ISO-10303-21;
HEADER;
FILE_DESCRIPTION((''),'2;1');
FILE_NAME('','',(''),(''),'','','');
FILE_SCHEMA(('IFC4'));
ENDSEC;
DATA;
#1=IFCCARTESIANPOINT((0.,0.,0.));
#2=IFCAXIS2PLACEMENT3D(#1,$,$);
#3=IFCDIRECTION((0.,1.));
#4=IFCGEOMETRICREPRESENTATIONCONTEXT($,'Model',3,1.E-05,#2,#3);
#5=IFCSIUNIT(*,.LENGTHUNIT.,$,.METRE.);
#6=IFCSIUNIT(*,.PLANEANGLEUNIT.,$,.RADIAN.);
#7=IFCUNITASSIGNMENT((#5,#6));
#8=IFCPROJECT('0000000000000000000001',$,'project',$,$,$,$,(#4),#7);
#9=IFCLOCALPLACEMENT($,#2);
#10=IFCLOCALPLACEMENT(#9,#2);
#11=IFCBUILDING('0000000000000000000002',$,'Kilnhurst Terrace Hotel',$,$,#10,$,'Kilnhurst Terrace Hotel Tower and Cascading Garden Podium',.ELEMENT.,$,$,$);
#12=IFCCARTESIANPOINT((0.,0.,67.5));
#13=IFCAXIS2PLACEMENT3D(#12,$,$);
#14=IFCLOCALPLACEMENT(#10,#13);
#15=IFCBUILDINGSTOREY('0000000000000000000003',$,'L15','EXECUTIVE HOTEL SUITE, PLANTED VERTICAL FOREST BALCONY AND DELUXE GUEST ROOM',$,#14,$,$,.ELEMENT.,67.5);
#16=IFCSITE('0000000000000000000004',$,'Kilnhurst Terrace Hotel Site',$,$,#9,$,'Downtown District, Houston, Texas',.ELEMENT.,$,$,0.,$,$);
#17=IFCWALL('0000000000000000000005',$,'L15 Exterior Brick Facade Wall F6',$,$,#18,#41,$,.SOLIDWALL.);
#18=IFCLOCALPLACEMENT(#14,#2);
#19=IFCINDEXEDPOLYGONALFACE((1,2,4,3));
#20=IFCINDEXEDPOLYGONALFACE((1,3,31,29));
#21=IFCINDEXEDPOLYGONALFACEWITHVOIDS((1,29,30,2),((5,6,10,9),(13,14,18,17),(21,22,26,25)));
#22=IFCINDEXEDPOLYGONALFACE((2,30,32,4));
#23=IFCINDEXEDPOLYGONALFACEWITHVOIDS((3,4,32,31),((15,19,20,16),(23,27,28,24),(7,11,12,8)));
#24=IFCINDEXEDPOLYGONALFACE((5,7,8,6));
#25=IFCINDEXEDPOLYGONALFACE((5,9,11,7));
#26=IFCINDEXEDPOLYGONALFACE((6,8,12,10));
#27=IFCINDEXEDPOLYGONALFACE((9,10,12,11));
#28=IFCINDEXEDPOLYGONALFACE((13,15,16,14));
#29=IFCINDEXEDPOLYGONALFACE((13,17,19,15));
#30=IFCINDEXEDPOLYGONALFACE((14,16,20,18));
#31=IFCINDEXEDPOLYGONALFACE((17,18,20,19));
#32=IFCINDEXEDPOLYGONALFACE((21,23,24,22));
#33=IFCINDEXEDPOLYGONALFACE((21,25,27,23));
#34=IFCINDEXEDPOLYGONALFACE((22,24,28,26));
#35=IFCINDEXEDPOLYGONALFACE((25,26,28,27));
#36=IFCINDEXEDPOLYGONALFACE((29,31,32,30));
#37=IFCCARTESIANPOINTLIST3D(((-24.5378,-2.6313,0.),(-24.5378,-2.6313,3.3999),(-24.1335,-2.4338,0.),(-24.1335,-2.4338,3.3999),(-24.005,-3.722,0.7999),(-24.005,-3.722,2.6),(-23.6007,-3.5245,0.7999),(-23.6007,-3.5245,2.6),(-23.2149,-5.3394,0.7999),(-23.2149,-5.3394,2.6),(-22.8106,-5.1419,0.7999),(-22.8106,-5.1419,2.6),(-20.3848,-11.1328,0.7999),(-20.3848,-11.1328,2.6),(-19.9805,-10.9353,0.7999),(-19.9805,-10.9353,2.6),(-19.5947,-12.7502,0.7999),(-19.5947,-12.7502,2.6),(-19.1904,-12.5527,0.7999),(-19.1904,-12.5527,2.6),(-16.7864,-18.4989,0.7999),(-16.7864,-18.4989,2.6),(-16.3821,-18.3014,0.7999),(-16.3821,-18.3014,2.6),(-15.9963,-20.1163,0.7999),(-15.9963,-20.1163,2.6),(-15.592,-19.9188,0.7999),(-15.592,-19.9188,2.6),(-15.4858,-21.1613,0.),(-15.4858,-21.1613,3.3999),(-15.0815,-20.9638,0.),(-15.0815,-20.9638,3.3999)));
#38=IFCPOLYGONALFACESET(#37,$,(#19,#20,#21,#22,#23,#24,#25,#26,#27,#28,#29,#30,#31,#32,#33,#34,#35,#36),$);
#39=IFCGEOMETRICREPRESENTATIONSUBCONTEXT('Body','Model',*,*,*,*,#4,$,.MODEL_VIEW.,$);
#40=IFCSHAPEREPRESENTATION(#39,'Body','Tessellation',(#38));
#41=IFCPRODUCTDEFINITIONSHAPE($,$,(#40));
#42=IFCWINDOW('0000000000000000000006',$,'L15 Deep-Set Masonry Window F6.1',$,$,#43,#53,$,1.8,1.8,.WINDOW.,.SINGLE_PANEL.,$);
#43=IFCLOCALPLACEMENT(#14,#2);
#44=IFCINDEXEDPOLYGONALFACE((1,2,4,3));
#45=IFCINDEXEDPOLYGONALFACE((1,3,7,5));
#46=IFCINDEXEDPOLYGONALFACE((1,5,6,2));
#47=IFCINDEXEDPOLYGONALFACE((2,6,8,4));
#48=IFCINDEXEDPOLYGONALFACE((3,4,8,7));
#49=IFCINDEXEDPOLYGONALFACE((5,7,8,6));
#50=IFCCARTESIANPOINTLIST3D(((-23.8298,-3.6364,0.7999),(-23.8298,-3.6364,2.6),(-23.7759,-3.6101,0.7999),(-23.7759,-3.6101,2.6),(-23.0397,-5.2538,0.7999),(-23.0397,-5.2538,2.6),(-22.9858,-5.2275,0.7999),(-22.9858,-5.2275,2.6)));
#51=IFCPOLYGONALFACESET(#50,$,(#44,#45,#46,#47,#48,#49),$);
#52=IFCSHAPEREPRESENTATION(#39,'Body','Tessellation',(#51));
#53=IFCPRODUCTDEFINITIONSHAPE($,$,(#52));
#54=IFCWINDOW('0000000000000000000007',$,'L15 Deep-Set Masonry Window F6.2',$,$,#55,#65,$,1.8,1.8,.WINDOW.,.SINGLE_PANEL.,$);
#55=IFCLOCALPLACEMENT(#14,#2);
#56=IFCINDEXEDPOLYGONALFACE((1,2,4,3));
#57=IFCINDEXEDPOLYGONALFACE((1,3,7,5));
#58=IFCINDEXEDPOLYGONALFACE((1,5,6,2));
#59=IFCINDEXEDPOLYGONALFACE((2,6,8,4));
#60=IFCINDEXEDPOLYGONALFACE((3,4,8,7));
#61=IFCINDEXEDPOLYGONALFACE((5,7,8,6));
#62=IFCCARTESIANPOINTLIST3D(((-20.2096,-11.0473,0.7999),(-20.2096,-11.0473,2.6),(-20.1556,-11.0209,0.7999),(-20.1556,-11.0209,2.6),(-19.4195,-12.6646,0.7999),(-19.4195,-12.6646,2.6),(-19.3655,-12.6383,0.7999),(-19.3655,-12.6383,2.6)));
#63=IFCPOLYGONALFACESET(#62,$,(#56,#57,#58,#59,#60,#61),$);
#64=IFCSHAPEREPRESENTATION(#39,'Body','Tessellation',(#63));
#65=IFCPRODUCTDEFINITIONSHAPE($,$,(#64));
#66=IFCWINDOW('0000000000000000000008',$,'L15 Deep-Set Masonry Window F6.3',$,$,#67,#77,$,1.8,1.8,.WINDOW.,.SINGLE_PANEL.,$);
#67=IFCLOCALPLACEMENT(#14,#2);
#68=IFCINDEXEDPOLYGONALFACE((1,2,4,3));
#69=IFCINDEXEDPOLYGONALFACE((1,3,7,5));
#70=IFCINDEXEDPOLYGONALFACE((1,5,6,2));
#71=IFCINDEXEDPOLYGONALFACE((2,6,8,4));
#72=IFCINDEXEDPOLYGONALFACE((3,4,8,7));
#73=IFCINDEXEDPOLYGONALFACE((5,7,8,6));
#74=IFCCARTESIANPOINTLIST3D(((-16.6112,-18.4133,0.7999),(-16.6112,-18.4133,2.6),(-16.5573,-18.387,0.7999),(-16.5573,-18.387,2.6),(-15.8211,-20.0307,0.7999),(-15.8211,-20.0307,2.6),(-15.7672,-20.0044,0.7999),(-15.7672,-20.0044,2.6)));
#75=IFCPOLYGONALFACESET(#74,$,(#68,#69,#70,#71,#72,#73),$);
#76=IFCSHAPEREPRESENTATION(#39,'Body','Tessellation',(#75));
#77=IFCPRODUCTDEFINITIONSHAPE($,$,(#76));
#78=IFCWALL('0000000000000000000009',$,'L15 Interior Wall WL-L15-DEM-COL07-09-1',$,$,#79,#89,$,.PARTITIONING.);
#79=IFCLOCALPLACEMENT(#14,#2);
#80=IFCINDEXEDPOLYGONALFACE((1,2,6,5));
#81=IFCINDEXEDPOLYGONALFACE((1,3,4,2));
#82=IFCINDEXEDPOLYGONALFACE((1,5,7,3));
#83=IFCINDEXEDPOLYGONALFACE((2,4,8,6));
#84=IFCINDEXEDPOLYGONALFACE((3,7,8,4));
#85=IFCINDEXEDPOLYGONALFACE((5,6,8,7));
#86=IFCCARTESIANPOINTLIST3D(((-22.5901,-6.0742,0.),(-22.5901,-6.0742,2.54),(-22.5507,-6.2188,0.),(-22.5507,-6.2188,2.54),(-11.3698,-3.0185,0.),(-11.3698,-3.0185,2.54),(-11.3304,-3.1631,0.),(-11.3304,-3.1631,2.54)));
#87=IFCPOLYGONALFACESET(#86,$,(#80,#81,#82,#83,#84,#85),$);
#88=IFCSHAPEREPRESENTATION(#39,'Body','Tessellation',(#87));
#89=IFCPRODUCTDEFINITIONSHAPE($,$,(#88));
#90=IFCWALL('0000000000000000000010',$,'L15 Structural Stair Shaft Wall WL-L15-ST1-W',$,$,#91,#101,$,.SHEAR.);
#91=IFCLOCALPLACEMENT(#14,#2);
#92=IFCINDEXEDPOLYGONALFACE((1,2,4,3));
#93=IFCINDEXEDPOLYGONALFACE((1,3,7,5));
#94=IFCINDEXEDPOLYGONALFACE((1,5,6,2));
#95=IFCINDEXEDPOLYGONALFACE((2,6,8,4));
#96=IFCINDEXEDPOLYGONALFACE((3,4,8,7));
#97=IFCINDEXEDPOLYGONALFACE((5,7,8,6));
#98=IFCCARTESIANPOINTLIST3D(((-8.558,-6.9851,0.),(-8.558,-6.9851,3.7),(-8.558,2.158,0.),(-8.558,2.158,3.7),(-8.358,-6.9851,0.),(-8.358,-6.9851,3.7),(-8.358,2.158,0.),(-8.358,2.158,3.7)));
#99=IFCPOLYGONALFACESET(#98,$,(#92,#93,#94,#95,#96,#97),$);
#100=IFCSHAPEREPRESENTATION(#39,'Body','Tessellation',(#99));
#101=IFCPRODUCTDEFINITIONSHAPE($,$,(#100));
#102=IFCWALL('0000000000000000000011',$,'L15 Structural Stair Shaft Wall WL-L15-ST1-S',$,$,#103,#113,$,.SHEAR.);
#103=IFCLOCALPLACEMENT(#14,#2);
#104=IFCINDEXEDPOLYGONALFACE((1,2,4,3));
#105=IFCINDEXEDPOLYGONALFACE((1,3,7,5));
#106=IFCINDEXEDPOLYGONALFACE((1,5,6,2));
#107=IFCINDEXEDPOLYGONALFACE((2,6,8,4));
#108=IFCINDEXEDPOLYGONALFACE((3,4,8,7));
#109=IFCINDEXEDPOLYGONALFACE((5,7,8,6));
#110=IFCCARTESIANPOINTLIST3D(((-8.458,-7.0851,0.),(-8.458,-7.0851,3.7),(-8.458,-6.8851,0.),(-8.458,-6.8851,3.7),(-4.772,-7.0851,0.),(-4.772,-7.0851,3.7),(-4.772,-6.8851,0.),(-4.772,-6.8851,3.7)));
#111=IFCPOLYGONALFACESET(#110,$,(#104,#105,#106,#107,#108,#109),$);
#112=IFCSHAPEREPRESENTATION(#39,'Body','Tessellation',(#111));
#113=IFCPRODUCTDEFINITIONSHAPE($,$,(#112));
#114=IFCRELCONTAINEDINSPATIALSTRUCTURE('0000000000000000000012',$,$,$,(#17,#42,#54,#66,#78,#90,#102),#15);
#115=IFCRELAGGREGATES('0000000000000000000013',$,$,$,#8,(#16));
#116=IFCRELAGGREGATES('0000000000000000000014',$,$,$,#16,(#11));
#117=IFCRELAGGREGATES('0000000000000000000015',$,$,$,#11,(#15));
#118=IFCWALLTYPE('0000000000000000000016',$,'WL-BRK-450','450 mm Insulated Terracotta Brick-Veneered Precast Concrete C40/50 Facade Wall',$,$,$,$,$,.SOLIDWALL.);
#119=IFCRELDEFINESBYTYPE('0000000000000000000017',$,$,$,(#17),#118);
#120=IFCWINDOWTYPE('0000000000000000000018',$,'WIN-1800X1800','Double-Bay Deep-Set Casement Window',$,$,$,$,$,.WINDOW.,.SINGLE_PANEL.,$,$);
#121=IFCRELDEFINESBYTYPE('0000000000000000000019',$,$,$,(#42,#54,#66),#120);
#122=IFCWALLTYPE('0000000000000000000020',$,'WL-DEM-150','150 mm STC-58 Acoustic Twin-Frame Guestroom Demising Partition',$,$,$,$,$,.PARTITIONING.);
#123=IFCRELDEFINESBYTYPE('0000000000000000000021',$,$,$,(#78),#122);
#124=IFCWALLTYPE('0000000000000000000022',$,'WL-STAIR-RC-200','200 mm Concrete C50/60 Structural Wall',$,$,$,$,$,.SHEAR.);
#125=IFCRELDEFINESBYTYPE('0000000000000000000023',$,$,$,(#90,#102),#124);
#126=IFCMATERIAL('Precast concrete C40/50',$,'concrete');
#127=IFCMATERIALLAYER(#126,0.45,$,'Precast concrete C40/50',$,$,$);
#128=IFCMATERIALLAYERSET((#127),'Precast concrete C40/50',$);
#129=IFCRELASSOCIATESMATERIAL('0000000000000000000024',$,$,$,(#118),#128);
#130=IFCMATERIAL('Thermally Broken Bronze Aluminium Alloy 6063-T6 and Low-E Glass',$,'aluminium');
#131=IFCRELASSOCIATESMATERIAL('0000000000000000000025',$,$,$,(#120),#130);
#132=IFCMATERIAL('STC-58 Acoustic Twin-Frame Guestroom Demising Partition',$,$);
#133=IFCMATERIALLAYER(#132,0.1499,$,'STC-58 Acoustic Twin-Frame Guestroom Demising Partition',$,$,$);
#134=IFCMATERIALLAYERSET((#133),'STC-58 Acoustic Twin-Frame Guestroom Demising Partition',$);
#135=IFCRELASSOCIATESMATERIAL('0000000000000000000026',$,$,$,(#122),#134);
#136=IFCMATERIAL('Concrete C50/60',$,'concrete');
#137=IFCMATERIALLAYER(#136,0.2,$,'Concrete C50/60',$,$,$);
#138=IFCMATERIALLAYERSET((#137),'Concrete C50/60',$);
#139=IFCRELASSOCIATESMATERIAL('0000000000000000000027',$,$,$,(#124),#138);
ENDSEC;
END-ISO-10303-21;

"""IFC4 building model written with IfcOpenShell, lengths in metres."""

from ifc_helpers import new_model, si_unit, direction, frame, frame_2d, origin, place, context, subcontext, project, spatial, rectangle, extrude, material, layer, layer_set, type_object, element, fill, save


model = new_model("IFC4")

# Units and contexts
model_context = context("Model", 3, precision=1e-05, world=origin(), true_north=direction((0.0, 1.0)))
body_context = subcontext(model_context, "Body", "Model", "MODEL_VIEW")
ifc_project = project(units=[si_unit("LENGTHUNIT", "METRE"), si_unit("PLANEANGLEUNIT", "RADIAN")], contexts=[model_context])

# Site, building, storey
site_placement = place(None, origin())
site = spatial("IfcSite", under=ifc_project, at=site_placement, Name="Kilnhurst Terrace Hotel Site", LongName="Downtown District, Houston, Texas", CompositionType="ELEMENT", RefElevation=0.0)
building_placement = place(site_placement, origin())
building = spatial("IfcBuilding", under=site, at=building_placement, Name="Kilnhurst Terrace Hotel", LongName="Kilnhurst Terrace Hotel Tower and Cascading Garden Podium", CompositionType="ELEMENT")
storey_placement = place(building_placement, frame((0.0, 0.0, 67.5)))
storey = spatial("IfcBuildingStorey", under=building, at=storey_placement, Name="L15", Description="EXECUTIVE HOTEL SUITE, PLANTED VERTICAL FOREST BALCONY AND DELUXE GUEST ROOM", CompositionType="ELEMENT", Elevation=67.5)

# Shared definitions
ifc_material_1 = material(Name="Concrete C50/60", Category="concrete")

# Shared definitions
ifc_material_2 = material(Name="Precast concrete C40/50", Category="concrete")
ifc_layer_1 = layer(ifc_material_2, 0.45, Name="Precast concrete C40/50")
ifc_layer_set_1 = layer_set([ifc_layer_1], Name="Precast concrete C40/50")
wall_type_1 = type_object("IfcWallType", Name="WL-BRK-450", Description="450 mm Insulated Terracotta Brick-Veneered Precast Concrete C40/50 Facade Wall", PredefinedType="SOLIDWALL", material=ifc_layer_set_1)

# Wall, openings, windows
wall_1_placement = place(storey_placement, frame((-24.3357, -2.5325, 0.0), z_axis=(0.0, 0.0, 1.0), x_axis=(0.438931, -0.898521, 0.0)))
wall_1 = element("IfcWall", 1, at=wall_1_placement, inside=storey, type_object=wall_type_1, Name="L15 Exterior Brick Facade Wall F6", PredefinedType="SOLIDWALL", context=body_context, shape_type="SweptSolid", body=[
    extrude(rectangle(XDim=20.6228, YDim=0.45, at=frame_2d((10.3115, 0.0))), origin(), (0.0, 0.0, 1.0), 3.3999),
])
opening_1_placement = place(wall_1_placement, frame((1.2141, 0.0, 0.8)))
opening_1 = element("IfcOpeningElement", 2, at=opening_1_placement, cuts=wall_1, PredefinedType="OPENING", context=body_context, shape_type="SweptSolid", body=[
    extrude(rectangle(XDim=1.8, YDim=1.8, at=frame_2d((0.8999, 0.8999))), frame((0.0, 0.2349, 0.0), z_axis=(0.0, -1.0, 0.0), x_axis=(1.0, 0.0, 0.0)), (0.0, 0.0, 1.0), 0.47),
])
opening_2_placement = place(wall_1_placement, frame((9.4619, 0.0, 0.8)))
opening_2 = element("IfcOpeningElement", 3, at=opening_2_placement, cuts=wall_1, PredefinedType="OPENING", context=body_context, shape_type="SweptSolid", body=[
    extrude(rectangle(XDim=1.8, YDim=1.8, at=frame_2d((0.8999, 0.8999))), frame((0.0, 0.2349, 0.0), z_axis=(0.0, -1.0, 0.0), x_axis=(1.0, 0.0, 0.0)), (0.0, 0.0, 1.0), 0.47),
])
opening_3_placement = place(wall_1_placement, frame((17.6599, 0.0, 0.8)))
opening_3 = element("IfcOpeningElement", 4, at=opening_3_placement, cuts=wall_1, PredefinedType="OPENING", context=body_context, shape_type="SweptSolid", body=[
    extrude(rectangle(XDim=1.8, YDim=1.8, at=frame_2d((0.8999, 0.8999))), frame((0.0, 0.2349, 0.0), z_axis=(0.0, -1.0, 0.0), x_axis=(1.0, 0.0, 0.0)), (0.0, 0.0, 1.0), 0.47),
])
ifc_material_3 = material(Name="Thermally Broken Bronze Aluminium Alloy 6063-T6 and Low-E Glass", Category="aluminium")
window_type = type_object("IfcWindowType", Name="WIN-1800X1800", Description="Double-Bay Deep-Set Casement Window", PartitioningType="SINGLE_PANEL", PredefinedType="WINDOW", material=ifc_material_3)
window_1_placement = place(opening_1_placement, origin())
window_1 = element("IfcWindow", 5, at=window_1_placement, inside=storey, type_object=window_type, Name="L15 Deep-Set Masonry Window F6.1", OverallHeight=1.8, OverallWidth=1.8, PartitioningType="SINGLE_PANEL", PredefinedType="WINDOW", context=body_context, shape_type="SweptSolid", body=[
    extrude(rectangle(XDim=1.8, YDim=1.8, at=frame_2d((0.8999, 0.8999))), frame((0.0, 0.03, 0.0), z_axis=(0.0, -1.0, 0.0), x_axis=(1.0, 0.0, 0.0)), (0.0, 0.0, 1.0), 0.0601),
])
fill(opening_1, window_1)
window_2_placement = place(opening_2_placement, origin())
window_2 = element("IfcWindow", 6, at=window_2_placement, inside=storey, type_object=window_type, Name="L15 Deep-Set Masonry Window F6.2", OverallHeight=1.8, OverallWidth=1.8, PartitioningType="SINGLE_PANEL", PredefinedType="WINDOW", context=body_context, shape_type="SweptSolid", body=[
    extrude(rectangle(XDim=1.8, YDim=1.8, at=frame_2d((0.8999, 0.8999))), frame((0.0, 0.03, 0.0), z_axis=(0.0, -1.0, 0.0), x_axis=(1.0, 0.0, 0.0)), (0.0, 0.0, 1.0), 0.0601),
])
fill(opening_2, window_2)
window_3_placement = place(opening_3_placement, origin())
window_3 = element("IfcWindow", 7, at=window_3_placement, inside=storey, type_object=window_type, Name="L15 Deep-Set Masonry Window F6.3", OverallHeight=1.8, OverallWidth=1.8, PartitioningType="SINGLE_PANEL", PredefinedType="WINDOW", context=body_context, shape_type="SweptSolid", body=[
    extrude(rectangle(XDim=1.8, YDim=1.8, at=frame_2d((0.8999, 0.8999))), frame((0.0, 0.03, 0.0), z_axis=(0.0, -1.0, 0.0), x_axis=(1.0, 0.0, 0.0)), (0.0, 0.0, 1.0), 0.0601),
])
fill(opening_3, window_3)

# Walls
ifc_material_4 = material(Name="STC-58 Acoustic Twin-Frame Guestroom Demising Partition")
ifc_layer_2 = layer(ifc_material_4, 0.1499, Name="STC-58 Acoustic Twin-Frame Guestroom Demising Partition")
ifc_layer_set_2 = layer_set([ifc_layer_2], Name="STC-58 Acoustic Twin-Frame Guestroom Demising Partition")
wall_type_2 = type_object("IfcWallType", Name="WL-DEM-150", Description="150 mm STC-58 Acoustic Twin-Frame Guestroom Demising Partition", PredefinedType="PARTITIONING", material=ifc_layer_set_2)
wall_2_placement = place(storey_placement, frame((-11.3501, -3.0908, 0.0), z_axis=(0.0, 0.0, 1.0), x_axis=(-0.96486, -0.262766, 0.0)))
element("IfcWall", 8, at=wall_2_placement, inside=storey, type_object=wall_type_2, Name="L15 Interior Wall WL-L15-DEM-COL07-09-1", PredefinedType="PARTITIONING", context=body_context, shape_type="SweptSolid", body=[
    extrude(rectangle(XDim=11.6289, YDim=0.1499, at=frame_2d((5.8145, 0.0))), origin(), (0.0, 0.0, 1.0), 2.54),
])
ifc_layer_3 = layer(ifc_material_1, 0.2, Name="Concrete C50/60")
ifc_layer_set_3 = layer_set([ifc_layer_3], Name="Concrete C50/60")
wall_type_3 = type_object("IfcWallType", Name="WL-STAIR-RC-200", Description="200 mm Concrete C50/60 Structural Wall", PredefinedType="SHEAR", material=ifc_layer_set_3)
wall_3_placement = place(storey_placement, frame((-8.458, -6.9851, 0.0), z_axis=(0.0, 0.0, 1.0), x_axis=(0.0, 1.0, 0.0)))
element("IfcWall", 9, at=wall_3_placement, inside=storey, type_object=wall_type_3, Name="L15 Structural Stair Shaft Wall WL-L15-ST1-W", PredefinedType="SHEAR", context=body_context, shape_type="SweptSolid", body=[
    extrude(rectangle(XDim=9.1431, YDim=0.2, at=frame_2d((4.5715, 0.0))), origin(), (0.0, 0.0, 1.0), 3.7),
])
wall_4_placement = place(storey_placement, frame((-8.458, -6.9851, 0.0), z_axis=(0.0, 0.0, 1.0), x_axis=(1.0, 0.0, 0.0)))
element("IfcWall", 10, at=wall_4_placement, inside=storey, type_object=wall_type_3, Name="L15 Structural Stair Shaft Wall WL-L15-ST1-S", PredefinedType="SHEAR", context=body_context, shape_type="SweptSolid", body=[
    extrude(rectangle(XDim=3.686, YDim=0.2, at=frame_2d((1.843, 0.0))), origin(), (0.0, 0.0, 1.0), 3.7),
])

save(model, "model.ifc")
